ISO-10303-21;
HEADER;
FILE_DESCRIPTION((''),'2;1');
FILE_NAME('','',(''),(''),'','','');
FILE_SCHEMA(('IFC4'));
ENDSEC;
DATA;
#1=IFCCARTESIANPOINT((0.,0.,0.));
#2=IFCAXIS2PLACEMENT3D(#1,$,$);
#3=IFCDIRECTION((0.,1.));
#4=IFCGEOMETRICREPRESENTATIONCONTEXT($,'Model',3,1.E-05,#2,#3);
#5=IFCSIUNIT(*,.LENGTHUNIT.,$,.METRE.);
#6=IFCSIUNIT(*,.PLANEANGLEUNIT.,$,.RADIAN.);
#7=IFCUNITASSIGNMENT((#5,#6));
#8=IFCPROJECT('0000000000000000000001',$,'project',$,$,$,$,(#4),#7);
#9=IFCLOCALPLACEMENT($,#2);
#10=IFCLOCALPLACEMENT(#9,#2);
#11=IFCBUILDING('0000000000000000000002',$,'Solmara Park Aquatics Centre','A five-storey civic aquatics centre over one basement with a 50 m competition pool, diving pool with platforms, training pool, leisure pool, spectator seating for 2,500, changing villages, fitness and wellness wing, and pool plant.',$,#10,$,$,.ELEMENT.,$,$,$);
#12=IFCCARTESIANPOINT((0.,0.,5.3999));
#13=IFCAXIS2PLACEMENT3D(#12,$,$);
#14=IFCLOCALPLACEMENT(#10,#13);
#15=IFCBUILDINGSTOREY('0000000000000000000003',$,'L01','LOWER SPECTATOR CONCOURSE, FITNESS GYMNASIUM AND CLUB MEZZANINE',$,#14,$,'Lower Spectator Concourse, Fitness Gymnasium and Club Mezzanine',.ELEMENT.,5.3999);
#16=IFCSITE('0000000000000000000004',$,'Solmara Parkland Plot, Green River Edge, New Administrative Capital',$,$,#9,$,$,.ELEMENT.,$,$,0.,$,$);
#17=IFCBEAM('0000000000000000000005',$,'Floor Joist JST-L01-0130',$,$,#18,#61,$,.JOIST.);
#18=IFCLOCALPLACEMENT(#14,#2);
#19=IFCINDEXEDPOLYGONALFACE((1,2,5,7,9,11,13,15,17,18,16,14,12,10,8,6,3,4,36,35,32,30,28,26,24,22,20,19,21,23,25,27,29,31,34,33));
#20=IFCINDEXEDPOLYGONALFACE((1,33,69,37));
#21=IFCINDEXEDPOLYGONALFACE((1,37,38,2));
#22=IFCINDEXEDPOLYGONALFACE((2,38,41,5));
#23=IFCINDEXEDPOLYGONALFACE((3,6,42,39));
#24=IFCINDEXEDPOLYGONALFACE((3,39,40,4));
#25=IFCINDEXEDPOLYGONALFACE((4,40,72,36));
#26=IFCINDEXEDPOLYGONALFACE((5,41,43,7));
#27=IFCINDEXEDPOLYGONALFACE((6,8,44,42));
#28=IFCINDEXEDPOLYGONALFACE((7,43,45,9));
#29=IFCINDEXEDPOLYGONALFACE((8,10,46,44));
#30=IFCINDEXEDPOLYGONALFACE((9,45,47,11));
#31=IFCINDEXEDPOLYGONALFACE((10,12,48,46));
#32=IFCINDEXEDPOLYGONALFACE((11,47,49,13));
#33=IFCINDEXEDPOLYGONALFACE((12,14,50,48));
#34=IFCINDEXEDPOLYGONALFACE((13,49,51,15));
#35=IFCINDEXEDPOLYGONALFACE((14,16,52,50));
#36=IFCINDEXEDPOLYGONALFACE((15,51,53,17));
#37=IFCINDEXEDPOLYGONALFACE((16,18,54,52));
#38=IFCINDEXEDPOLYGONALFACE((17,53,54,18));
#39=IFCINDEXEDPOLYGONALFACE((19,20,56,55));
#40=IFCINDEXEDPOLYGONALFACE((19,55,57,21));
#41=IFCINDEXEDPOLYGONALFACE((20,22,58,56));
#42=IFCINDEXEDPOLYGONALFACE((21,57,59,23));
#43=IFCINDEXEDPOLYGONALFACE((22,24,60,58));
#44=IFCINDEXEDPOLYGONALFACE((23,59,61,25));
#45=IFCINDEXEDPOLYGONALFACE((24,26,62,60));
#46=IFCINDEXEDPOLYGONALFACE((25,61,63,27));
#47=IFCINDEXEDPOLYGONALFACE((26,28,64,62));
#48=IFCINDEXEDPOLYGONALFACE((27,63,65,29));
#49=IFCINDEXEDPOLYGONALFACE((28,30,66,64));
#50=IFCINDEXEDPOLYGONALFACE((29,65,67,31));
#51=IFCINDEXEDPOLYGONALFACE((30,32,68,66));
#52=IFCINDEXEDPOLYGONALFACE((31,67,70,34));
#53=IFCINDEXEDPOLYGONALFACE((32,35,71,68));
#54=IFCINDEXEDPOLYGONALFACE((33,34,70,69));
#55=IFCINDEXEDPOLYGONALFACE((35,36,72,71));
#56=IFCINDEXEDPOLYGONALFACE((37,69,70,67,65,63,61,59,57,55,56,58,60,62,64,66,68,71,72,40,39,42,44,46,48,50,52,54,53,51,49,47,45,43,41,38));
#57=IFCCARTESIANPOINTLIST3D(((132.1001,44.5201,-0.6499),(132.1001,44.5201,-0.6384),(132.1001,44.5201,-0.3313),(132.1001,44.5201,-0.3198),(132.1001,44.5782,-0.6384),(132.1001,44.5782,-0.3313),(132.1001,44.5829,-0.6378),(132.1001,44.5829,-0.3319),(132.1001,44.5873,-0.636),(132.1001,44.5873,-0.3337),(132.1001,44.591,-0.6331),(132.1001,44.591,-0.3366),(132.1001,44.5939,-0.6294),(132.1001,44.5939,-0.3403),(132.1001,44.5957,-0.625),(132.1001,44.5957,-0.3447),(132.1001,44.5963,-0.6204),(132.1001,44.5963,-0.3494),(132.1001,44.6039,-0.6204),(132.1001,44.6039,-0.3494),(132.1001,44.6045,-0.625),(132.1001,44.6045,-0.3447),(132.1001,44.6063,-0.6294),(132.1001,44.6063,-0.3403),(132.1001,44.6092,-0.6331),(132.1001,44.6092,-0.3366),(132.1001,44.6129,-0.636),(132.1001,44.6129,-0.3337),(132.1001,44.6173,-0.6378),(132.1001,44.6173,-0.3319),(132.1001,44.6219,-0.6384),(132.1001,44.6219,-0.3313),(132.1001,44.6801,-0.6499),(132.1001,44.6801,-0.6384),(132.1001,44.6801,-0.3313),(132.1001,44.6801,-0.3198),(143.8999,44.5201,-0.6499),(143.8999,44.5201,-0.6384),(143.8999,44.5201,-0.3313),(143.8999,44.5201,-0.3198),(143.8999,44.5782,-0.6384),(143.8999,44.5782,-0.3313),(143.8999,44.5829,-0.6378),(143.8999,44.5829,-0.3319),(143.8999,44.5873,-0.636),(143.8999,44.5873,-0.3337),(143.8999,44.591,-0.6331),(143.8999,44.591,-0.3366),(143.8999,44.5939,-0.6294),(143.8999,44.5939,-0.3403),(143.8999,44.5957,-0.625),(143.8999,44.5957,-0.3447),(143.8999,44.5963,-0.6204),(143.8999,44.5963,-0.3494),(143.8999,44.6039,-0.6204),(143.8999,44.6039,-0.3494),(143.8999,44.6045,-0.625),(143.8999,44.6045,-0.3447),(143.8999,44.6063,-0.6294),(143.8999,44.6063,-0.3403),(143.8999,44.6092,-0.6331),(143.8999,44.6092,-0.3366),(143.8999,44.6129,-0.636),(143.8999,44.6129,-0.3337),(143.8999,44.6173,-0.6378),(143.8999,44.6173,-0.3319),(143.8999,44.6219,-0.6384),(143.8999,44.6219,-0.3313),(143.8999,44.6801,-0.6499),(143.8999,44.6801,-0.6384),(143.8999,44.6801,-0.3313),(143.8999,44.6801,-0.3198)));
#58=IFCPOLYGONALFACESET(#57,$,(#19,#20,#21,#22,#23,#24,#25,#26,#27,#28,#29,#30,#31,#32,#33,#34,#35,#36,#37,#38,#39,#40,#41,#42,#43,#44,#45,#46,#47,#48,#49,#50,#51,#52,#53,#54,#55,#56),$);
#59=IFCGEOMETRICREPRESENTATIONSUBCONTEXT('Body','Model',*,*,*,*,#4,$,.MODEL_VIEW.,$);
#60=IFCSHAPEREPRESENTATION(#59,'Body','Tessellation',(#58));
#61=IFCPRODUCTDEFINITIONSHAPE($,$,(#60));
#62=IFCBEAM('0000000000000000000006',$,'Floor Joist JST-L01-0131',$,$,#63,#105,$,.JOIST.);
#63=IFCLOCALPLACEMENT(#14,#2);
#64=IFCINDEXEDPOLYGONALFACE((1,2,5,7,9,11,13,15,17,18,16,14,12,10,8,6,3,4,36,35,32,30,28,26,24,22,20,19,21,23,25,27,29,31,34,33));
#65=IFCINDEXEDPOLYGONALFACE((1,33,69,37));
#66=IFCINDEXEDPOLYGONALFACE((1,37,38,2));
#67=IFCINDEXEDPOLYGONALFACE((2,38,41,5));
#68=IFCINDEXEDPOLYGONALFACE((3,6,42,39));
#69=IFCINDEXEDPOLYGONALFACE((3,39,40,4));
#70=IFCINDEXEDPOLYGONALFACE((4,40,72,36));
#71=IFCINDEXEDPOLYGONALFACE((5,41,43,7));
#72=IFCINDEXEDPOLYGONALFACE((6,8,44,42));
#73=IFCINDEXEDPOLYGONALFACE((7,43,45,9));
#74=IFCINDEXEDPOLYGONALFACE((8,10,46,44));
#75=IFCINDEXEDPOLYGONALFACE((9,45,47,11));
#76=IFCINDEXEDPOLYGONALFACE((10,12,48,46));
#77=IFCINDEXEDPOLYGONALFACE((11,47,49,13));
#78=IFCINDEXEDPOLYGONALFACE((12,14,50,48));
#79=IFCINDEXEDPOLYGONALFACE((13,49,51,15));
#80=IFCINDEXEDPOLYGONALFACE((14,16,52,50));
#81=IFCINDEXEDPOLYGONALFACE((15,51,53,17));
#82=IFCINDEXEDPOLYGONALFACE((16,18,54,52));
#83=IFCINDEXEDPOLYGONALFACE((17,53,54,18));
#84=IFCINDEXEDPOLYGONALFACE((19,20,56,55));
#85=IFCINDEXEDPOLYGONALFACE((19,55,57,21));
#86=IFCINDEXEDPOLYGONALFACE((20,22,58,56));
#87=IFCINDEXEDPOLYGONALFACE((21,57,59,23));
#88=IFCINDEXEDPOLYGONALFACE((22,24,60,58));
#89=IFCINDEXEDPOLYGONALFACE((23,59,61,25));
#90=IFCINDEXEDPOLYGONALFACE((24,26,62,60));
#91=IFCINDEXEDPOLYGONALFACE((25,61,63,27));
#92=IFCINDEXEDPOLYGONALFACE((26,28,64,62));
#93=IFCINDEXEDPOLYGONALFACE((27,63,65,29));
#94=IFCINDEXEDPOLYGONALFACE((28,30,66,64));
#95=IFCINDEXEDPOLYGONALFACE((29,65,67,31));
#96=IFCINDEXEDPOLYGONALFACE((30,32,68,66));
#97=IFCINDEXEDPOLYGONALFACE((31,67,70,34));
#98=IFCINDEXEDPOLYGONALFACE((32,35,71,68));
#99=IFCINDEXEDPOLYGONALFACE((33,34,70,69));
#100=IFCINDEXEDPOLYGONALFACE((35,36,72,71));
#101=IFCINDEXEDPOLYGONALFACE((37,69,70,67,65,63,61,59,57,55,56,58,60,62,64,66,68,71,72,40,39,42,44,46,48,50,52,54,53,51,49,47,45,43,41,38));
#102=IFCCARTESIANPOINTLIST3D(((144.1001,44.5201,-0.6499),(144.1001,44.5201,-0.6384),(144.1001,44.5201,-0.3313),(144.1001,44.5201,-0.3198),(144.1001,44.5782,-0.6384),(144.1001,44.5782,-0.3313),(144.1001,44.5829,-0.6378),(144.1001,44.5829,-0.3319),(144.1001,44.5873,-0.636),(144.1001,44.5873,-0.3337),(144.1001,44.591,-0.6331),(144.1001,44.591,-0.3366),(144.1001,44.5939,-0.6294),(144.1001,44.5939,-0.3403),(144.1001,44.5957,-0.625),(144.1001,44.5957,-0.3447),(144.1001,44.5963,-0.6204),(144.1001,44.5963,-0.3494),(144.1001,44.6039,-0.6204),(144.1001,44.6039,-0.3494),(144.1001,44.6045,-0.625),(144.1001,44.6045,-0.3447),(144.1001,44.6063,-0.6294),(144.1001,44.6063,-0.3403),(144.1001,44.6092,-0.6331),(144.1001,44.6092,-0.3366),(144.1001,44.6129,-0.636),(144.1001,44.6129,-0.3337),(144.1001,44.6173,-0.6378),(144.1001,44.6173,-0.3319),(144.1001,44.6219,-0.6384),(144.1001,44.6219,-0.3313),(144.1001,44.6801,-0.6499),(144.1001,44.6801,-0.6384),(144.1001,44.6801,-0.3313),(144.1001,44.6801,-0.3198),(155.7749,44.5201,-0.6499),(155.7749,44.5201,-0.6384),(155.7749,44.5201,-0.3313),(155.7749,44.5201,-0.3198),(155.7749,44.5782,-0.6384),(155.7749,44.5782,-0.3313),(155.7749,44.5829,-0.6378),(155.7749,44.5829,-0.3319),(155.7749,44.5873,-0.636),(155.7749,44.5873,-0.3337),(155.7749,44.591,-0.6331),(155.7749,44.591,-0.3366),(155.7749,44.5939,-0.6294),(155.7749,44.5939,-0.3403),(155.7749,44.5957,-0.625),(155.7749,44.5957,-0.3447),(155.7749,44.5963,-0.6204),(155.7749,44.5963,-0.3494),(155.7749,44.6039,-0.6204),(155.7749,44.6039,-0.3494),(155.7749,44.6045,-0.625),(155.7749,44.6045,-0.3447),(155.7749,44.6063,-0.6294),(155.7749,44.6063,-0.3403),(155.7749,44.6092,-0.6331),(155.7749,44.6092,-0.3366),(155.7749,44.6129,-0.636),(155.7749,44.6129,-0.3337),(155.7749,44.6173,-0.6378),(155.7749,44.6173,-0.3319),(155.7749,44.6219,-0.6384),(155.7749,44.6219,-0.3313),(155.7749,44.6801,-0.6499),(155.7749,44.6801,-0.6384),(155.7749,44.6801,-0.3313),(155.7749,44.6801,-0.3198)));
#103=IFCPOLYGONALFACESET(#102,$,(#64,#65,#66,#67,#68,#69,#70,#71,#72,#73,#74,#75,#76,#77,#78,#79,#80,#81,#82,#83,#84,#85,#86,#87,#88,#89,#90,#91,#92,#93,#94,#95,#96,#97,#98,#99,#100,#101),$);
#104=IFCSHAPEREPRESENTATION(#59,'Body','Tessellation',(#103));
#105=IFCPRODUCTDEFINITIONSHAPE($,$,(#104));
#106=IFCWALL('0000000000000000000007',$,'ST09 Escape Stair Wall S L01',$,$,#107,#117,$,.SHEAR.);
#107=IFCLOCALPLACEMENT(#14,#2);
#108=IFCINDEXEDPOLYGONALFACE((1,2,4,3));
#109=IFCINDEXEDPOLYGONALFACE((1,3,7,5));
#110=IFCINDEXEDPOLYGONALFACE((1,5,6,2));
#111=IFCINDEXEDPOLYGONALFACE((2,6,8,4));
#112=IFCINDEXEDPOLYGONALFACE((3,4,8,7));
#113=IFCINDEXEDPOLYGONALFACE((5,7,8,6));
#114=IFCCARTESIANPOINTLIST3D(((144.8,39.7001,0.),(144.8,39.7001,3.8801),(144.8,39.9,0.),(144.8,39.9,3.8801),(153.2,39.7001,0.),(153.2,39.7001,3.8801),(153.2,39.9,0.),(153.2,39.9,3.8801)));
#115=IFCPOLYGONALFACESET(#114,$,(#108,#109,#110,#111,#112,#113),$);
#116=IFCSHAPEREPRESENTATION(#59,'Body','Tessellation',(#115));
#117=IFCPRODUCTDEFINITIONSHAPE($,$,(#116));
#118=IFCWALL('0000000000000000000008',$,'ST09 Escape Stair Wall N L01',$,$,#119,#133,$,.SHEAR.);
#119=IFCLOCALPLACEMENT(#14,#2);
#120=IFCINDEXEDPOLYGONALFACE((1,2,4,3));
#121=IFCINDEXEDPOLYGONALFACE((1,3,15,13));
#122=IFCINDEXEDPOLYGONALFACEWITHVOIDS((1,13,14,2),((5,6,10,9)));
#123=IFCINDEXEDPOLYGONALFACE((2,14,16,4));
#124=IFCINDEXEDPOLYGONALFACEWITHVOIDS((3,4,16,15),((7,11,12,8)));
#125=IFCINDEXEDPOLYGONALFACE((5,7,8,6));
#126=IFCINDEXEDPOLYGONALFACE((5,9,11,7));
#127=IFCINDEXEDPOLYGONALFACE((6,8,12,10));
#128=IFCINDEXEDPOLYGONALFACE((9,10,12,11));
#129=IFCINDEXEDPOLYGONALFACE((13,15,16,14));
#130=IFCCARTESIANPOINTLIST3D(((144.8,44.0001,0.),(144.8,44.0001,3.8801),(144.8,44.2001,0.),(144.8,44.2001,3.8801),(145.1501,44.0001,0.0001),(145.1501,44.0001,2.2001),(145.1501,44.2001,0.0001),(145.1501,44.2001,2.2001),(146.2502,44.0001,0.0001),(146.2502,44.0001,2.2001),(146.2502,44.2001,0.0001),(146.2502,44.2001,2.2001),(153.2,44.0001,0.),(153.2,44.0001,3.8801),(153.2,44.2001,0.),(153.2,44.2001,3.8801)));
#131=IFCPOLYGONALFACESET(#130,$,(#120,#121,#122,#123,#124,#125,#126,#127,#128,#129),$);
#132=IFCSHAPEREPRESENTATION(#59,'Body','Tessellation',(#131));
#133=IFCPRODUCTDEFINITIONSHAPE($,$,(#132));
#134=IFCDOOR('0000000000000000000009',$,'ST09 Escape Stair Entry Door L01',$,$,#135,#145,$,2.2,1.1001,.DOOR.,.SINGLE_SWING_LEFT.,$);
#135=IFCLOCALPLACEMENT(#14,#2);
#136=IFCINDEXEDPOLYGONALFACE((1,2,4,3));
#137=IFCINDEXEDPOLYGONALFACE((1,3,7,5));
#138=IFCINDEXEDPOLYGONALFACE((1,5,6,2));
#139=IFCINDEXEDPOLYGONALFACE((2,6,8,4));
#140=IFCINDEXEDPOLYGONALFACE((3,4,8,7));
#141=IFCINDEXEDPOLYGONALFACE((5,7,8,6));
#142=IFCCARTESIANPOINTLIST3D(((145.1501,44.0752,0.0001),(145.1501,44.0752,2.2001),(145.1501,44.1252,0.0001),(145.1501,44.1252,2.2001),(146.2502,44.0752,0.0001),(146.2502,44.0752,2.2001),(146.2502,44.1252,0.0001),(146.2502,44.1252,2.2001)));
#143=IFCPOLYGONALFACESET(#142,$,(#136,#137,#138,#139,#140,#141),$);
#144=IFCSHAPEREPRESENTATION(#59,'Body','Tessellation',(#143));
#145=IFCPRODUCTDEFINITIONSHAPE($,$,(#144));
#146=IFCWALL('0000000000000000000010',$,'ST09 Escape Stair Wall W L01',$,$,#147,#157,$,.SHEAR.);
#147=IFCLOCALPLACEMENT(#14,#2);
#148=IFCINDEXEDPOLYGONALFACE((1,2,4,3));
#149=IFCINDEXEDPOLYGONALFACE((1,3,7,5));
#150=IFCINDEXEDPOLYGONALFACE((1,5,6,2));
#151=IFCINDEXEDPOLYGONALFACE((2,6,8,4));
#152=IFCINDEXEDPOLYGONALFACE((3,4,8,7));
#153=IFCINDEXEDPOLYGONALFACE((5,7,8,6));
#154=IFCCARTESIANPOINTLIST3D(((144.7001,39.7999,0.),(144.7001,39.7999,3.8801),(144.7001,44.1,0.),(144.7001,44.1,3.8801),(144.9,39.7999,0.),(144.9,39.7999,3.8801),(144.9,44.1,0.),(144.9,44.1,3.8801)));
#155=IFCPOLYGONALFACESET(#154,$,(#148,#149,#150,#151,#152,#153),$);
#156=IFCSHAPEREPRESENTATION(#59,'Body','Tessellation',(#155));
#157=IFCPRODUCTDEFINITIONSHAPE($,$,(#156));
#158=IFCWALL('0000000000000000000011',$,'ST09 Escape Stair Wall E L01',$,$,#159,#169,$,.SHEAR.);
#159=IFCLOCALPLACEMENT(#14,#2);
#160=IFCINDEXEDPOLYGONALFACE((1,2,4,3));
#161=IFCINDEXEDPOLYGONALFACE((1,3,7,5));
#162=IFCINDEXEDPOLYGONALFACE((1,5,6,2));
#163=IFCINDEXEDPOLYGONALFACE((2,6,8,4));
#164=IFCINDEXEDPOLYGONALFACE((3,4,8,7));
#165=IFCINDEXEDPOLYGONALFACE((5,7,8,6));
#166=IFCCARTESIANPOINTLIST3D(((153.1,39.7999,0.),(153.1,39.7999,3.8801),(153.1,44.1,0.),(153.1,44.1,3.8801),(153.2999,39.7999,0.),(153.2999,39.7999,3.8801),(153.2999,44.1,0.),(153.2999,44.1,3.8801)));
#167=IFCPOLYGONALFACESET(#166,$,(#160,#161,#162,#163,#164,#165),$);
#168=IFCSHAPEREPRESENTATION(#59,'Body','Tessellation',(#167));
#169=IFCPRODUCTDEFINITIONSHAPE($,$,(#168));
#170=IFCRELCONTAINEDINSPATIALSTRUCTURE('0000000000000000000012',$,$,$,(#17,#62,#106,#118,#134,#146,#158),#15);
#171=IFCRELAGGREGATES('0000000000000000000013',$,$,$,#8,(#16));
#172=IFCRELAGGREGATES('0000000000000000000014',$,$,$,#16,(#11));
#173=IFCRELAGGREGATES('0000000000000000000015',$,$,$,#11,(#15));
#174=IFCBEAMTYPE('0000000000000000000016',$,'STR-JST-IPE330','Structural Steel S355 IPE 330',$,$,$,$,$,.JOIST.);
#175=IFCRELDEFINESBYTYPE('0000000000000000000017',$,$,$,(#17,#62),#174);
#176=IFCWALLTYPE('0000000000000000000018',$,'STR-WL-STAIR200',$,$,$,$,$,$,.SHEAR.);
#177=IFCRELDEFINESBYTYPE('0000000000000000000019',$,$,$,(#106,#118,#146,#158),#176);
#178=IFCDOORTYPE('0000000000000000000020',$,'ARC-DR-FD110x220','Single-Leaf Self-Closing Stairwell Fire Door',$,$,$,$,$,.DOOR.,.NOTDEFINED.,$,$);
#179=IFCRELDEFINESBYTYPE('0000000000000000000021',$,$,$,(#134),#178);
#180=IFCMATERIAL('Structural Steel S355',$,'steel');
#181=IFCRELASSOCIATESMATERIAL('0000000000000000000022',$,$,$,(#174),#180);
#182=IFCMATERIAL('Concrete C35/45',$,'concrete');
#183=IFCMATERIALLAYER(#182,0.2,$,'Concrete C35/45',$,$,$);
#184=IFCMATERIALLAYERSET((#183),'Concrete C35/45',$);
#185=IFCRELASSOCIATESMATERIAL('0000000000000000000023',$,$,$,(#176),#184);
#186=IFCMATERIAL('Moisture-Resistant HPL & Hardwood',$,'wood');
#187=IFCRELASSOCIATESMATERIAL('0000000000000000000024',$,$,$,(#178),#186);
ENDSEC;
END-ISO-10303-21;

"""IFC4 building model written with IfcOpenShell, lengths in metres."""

from ifc_helpers import new_model, si_unit, direction, frame, frame_2d, origin, origin_2d, place, context, subcontext, project, spatial, rectangle, i_section, extrude, material, layer, layer_set, material_profile, profile_set, type_object, element, fill, save


model = new_model("IFC4")

# Units and contexts
model_context = context("Model", 3, precision=1e-05, world=origin(), true_north=direction((0.0, 1.0)))
body_context = subcontext(model_context, "Body", "Model", "MODEL_VIEW")
ifc_project = project(units=[si_unit("LENGTHUNIT", "METRE"), si_unit("PLANEANGLEUNIT", "RADIAN")], contexts=[model_context])

# Site, building, storey
site_placement = place(None, origin())
site = spatial("IfcSite", under=ifc_project, at=site_placement, Name="Solmara Parkland Plot, Green River Edge, New Administrative Capital", CompositionType="ELEMENT", RefElevation=0.0)
building_placement = place(site_placement, origin())
building = spatial("IfcBuilding", under=site, at=building_placement, Name="Solmara Park Aquatics Centre", Description="A five-storey civic aquatics centre over one basement with a 50 m competition pool, diving pool with platforms, training pool, leisure pool, spectator seating for 2,500, changing villages, fitness and wellness wing, and pool plant.", CompositionType="ELEMENT")
storey_placement = place(building_placement, frame((0.0, 0.0, 5.3999)))
storey = spatial("IfcBuildingStorey", under=building, at=storey_placement, Name="L01", Description="LOWER SPECTATOR CONCOURSE, FITNESS GYMNASIUM AND CLUB MEZZANINE", LongName="Lower Spectator Concourse, Fitness Gymnasium and Club Mezzanine", CompositionType="ELEMENT", Elevation=5.3999)

# Shared definitions
ifc_material_1 = material(Name="Structural Steel S355", Category="steel")

# Beams
ifc_material_profile_1 = material_profile(ifc_material_1, i_section(OverallWidth=0.1599, OverallDepth=0.3301, WebThickness=0.0076, FlangeThickness=0.0115, FilletRadius=0.0181, at=origin_2d()), Name="IPE 330")
ifc_profile_set_1 = profile_set([ifc_material_profile_1], Name="Structural Steel S355")
beam_type_1 = type_object("IfcBeamType", Name="STR-JST-IPE330", Description="Structural Steel S355 IPE 330", PredefinedType="JOIST", material=ifc_profile_set_1)
beam_1_placement = place(storey_placement, frame((132.1001, 44.6001, -0.4849), z_axis=(1.0, 0.0, 0.0), x_axis=(0.0, 1.0, 0.0)))
element("IfcBeam", 1, at=beam_1_placement, inside=storey, type_object=beam_type_1, Name="Floor Joist JST-L01-0130", PredefinedType="JOIST", context=body_context, shape_type="SweptSolid", body=[
    extrude(i_section(OverallWidth=0.1599, OverallDepth=0.3301, WebThickness=0.0076, FlangeThickness=0.0115, FilletRadius=0.0181, at=origin_2d()), origin(), (0.0, 0.0, 1.0), 11.7998),
])
beam_2_placement = place(storey_placement, frame((144.1001, 44.6001, -0.4849), z_axis=(1.0, 0.0, 0.0), x_axis=(0.0, 1.0, 0.0)))
element("IfcBeam", 2, at=beam_2_placement, inside=storey, type_object=beam_type_1, Name="Floor Joist JST-L01-0131", PredefinedType="JOIST", context=body_context, shape_type="SweptSolid", body=[
    extrude(i_section(OverallWidth=0.1599, OverallDepth=0.3301, WebThickness=0.0076, FlangeThickness=0.0115, FilletRadius=0.0181, at=origin_2d()), origin(), (0.0, 0.0, 1.0), 11.6748),
])

# Wall
ifc_material_2 = material(Name="Concrete C35/45", Category="concrete")
ifc_layer_1 = layer(ifc_material_2, 0.2, Name="Concrete C35/45")
ifc_layer_set_1 = layer_set([ifc_layer_1], Name="Concrete C35/45")
wall_type = type_object("IfcWallType", Name="STR-WL-STAIR200", PredefinedType="SHEAR", material=ifc_layer_set_1)
wall_1_placement = place(storey_placement, frame((144.8, 39.8, 0.0), z_axis=(0.0, 0.0, 1.0), x_axis=(1.0, 0.0, 0.0)))
element("IfcWall", 3, at=wall_1_placement, inside=storey, type_object=wall_type, Name="ST09 Escape Stair Wall S L01", PredefinedType="SHEAR", context=body_context, shape_type="SweptSolid", body=[
    extrude(rectangle(XDim=8.3999, YDim=0.2, at=frame_2d((4.2, 0.0))), origin(), (0.0, 0.0, 1.0), 3.8801),
])

# Wall, opening, door
wall_2_placement = place(storey_placement, frame((144.8, 44.1001, 0.0), z_axis=(0.0, 0.0, 1.0), x_axis=(1.0, 0.0, 0.0)))
wall_2 = element("IfcWall", 4, at=wall_2_placement, inside=storey, type_object=wall_type, Name="ST09 Escape Stair Wall N L01", PredefinedType="SHEAR", context=body_context, shape_type="SweptSolid", body=[
    extrude(rectangle(XDim=8.3999, YDim=0.2, at=frame_2d((4.2, 0.0))), origin(), (0.0, 0.0, 1.0), 3.8801),
])
opening_placement = place(wall_2_placement, frame((0.3501, 0.0, 0.0)))
opening = element("IfcOpeningElement", 5, at=opening_placement, cuts=wall_2, PredefinedType="OPENING", context=body_context, shape_type="SweptSolid", body=[
    extrude(rectangle(XDim=1.1001, YDim=2.2, at=frame_2d((0.55, 1.1001))), frame((0.0, 0.1099, 0.0), z_axis=(0.0, -1.0, 0.0), x_axis=(1.0, 0.0, 0.0)), (0.0, 0.0, 1.0), 0.22),
])
ifc_material_3 = material(Name="Moisture-Resistant HPL & Hardwood", Category="wood")
door_type = type_object("IfcDoorType", Name="ARC-DR-FD110x220", Description="Single-Leaf Self-Closing Stairwell Fire Door", OperationType="NOTDEFINED", PredefinedType="DOOR", material=ifc_material_3)
door_placement = place(opening_placement, frame((1.1001, 0.0, 0.0), z_axis=(0.0, 0.0, 1.0), x_axis=(-1.0, 0.0, 0.0)))
door = element("IfcDoor", 6, at=door_placement, inside=storey, type_object=door_type, Name="ST09 Escape Stair Entry Door L01", OperationType="SINGLE_SWING_LEFT", OverallHeight=2.2, OverallWidth=1.1001, PredefinedType="DOOR", context=body_context, shape_type="SweptSolid", body=[
    extrude(rectangle(XDim=1.1001, YDim=2.2, at=frame_2d((0.55, 1.1001))), frame((0.0, 0.0249, 0.0), z_axis=(0.0, -1.0, 0.0), x_axis=(1.0, 0.0, 0.0)), (0.0, 0.0, 1.0), 0.05),
])
fill(opening, door)

# Walls
for number, where, z_axis, x_axis, name in (
    (7, (144.8, 39.8, 0.0), (0.0, 0.0, 1.0), (0.0, 1.0, 0.0), "ST09 Escape Stair Wall W L01"),
    (8, (153.2, 39.8, 0.0), (0.0, 0.0, 1.0), (0.0, 1.0, 0.0), "ST09 Escape Stair Wall E L01"),
):
    element("IfcWall", number, at=place(storey_placement, frame(where, z_axis=z_axis, x_axis=x_axis)), inside=storey, type_object=wall_type, Name=name, PredefinedType="SHEAR", context=body_context, shape_type="SweptSolid", body=[
        extrude(rectangle(XDim=4.3, YDim=0.2, at=frame_2d((2.1499, 0.0))), origin(), (0.0, 0.0, 1.0), 3.8801),
    ])

save(model, "model.ifc")
